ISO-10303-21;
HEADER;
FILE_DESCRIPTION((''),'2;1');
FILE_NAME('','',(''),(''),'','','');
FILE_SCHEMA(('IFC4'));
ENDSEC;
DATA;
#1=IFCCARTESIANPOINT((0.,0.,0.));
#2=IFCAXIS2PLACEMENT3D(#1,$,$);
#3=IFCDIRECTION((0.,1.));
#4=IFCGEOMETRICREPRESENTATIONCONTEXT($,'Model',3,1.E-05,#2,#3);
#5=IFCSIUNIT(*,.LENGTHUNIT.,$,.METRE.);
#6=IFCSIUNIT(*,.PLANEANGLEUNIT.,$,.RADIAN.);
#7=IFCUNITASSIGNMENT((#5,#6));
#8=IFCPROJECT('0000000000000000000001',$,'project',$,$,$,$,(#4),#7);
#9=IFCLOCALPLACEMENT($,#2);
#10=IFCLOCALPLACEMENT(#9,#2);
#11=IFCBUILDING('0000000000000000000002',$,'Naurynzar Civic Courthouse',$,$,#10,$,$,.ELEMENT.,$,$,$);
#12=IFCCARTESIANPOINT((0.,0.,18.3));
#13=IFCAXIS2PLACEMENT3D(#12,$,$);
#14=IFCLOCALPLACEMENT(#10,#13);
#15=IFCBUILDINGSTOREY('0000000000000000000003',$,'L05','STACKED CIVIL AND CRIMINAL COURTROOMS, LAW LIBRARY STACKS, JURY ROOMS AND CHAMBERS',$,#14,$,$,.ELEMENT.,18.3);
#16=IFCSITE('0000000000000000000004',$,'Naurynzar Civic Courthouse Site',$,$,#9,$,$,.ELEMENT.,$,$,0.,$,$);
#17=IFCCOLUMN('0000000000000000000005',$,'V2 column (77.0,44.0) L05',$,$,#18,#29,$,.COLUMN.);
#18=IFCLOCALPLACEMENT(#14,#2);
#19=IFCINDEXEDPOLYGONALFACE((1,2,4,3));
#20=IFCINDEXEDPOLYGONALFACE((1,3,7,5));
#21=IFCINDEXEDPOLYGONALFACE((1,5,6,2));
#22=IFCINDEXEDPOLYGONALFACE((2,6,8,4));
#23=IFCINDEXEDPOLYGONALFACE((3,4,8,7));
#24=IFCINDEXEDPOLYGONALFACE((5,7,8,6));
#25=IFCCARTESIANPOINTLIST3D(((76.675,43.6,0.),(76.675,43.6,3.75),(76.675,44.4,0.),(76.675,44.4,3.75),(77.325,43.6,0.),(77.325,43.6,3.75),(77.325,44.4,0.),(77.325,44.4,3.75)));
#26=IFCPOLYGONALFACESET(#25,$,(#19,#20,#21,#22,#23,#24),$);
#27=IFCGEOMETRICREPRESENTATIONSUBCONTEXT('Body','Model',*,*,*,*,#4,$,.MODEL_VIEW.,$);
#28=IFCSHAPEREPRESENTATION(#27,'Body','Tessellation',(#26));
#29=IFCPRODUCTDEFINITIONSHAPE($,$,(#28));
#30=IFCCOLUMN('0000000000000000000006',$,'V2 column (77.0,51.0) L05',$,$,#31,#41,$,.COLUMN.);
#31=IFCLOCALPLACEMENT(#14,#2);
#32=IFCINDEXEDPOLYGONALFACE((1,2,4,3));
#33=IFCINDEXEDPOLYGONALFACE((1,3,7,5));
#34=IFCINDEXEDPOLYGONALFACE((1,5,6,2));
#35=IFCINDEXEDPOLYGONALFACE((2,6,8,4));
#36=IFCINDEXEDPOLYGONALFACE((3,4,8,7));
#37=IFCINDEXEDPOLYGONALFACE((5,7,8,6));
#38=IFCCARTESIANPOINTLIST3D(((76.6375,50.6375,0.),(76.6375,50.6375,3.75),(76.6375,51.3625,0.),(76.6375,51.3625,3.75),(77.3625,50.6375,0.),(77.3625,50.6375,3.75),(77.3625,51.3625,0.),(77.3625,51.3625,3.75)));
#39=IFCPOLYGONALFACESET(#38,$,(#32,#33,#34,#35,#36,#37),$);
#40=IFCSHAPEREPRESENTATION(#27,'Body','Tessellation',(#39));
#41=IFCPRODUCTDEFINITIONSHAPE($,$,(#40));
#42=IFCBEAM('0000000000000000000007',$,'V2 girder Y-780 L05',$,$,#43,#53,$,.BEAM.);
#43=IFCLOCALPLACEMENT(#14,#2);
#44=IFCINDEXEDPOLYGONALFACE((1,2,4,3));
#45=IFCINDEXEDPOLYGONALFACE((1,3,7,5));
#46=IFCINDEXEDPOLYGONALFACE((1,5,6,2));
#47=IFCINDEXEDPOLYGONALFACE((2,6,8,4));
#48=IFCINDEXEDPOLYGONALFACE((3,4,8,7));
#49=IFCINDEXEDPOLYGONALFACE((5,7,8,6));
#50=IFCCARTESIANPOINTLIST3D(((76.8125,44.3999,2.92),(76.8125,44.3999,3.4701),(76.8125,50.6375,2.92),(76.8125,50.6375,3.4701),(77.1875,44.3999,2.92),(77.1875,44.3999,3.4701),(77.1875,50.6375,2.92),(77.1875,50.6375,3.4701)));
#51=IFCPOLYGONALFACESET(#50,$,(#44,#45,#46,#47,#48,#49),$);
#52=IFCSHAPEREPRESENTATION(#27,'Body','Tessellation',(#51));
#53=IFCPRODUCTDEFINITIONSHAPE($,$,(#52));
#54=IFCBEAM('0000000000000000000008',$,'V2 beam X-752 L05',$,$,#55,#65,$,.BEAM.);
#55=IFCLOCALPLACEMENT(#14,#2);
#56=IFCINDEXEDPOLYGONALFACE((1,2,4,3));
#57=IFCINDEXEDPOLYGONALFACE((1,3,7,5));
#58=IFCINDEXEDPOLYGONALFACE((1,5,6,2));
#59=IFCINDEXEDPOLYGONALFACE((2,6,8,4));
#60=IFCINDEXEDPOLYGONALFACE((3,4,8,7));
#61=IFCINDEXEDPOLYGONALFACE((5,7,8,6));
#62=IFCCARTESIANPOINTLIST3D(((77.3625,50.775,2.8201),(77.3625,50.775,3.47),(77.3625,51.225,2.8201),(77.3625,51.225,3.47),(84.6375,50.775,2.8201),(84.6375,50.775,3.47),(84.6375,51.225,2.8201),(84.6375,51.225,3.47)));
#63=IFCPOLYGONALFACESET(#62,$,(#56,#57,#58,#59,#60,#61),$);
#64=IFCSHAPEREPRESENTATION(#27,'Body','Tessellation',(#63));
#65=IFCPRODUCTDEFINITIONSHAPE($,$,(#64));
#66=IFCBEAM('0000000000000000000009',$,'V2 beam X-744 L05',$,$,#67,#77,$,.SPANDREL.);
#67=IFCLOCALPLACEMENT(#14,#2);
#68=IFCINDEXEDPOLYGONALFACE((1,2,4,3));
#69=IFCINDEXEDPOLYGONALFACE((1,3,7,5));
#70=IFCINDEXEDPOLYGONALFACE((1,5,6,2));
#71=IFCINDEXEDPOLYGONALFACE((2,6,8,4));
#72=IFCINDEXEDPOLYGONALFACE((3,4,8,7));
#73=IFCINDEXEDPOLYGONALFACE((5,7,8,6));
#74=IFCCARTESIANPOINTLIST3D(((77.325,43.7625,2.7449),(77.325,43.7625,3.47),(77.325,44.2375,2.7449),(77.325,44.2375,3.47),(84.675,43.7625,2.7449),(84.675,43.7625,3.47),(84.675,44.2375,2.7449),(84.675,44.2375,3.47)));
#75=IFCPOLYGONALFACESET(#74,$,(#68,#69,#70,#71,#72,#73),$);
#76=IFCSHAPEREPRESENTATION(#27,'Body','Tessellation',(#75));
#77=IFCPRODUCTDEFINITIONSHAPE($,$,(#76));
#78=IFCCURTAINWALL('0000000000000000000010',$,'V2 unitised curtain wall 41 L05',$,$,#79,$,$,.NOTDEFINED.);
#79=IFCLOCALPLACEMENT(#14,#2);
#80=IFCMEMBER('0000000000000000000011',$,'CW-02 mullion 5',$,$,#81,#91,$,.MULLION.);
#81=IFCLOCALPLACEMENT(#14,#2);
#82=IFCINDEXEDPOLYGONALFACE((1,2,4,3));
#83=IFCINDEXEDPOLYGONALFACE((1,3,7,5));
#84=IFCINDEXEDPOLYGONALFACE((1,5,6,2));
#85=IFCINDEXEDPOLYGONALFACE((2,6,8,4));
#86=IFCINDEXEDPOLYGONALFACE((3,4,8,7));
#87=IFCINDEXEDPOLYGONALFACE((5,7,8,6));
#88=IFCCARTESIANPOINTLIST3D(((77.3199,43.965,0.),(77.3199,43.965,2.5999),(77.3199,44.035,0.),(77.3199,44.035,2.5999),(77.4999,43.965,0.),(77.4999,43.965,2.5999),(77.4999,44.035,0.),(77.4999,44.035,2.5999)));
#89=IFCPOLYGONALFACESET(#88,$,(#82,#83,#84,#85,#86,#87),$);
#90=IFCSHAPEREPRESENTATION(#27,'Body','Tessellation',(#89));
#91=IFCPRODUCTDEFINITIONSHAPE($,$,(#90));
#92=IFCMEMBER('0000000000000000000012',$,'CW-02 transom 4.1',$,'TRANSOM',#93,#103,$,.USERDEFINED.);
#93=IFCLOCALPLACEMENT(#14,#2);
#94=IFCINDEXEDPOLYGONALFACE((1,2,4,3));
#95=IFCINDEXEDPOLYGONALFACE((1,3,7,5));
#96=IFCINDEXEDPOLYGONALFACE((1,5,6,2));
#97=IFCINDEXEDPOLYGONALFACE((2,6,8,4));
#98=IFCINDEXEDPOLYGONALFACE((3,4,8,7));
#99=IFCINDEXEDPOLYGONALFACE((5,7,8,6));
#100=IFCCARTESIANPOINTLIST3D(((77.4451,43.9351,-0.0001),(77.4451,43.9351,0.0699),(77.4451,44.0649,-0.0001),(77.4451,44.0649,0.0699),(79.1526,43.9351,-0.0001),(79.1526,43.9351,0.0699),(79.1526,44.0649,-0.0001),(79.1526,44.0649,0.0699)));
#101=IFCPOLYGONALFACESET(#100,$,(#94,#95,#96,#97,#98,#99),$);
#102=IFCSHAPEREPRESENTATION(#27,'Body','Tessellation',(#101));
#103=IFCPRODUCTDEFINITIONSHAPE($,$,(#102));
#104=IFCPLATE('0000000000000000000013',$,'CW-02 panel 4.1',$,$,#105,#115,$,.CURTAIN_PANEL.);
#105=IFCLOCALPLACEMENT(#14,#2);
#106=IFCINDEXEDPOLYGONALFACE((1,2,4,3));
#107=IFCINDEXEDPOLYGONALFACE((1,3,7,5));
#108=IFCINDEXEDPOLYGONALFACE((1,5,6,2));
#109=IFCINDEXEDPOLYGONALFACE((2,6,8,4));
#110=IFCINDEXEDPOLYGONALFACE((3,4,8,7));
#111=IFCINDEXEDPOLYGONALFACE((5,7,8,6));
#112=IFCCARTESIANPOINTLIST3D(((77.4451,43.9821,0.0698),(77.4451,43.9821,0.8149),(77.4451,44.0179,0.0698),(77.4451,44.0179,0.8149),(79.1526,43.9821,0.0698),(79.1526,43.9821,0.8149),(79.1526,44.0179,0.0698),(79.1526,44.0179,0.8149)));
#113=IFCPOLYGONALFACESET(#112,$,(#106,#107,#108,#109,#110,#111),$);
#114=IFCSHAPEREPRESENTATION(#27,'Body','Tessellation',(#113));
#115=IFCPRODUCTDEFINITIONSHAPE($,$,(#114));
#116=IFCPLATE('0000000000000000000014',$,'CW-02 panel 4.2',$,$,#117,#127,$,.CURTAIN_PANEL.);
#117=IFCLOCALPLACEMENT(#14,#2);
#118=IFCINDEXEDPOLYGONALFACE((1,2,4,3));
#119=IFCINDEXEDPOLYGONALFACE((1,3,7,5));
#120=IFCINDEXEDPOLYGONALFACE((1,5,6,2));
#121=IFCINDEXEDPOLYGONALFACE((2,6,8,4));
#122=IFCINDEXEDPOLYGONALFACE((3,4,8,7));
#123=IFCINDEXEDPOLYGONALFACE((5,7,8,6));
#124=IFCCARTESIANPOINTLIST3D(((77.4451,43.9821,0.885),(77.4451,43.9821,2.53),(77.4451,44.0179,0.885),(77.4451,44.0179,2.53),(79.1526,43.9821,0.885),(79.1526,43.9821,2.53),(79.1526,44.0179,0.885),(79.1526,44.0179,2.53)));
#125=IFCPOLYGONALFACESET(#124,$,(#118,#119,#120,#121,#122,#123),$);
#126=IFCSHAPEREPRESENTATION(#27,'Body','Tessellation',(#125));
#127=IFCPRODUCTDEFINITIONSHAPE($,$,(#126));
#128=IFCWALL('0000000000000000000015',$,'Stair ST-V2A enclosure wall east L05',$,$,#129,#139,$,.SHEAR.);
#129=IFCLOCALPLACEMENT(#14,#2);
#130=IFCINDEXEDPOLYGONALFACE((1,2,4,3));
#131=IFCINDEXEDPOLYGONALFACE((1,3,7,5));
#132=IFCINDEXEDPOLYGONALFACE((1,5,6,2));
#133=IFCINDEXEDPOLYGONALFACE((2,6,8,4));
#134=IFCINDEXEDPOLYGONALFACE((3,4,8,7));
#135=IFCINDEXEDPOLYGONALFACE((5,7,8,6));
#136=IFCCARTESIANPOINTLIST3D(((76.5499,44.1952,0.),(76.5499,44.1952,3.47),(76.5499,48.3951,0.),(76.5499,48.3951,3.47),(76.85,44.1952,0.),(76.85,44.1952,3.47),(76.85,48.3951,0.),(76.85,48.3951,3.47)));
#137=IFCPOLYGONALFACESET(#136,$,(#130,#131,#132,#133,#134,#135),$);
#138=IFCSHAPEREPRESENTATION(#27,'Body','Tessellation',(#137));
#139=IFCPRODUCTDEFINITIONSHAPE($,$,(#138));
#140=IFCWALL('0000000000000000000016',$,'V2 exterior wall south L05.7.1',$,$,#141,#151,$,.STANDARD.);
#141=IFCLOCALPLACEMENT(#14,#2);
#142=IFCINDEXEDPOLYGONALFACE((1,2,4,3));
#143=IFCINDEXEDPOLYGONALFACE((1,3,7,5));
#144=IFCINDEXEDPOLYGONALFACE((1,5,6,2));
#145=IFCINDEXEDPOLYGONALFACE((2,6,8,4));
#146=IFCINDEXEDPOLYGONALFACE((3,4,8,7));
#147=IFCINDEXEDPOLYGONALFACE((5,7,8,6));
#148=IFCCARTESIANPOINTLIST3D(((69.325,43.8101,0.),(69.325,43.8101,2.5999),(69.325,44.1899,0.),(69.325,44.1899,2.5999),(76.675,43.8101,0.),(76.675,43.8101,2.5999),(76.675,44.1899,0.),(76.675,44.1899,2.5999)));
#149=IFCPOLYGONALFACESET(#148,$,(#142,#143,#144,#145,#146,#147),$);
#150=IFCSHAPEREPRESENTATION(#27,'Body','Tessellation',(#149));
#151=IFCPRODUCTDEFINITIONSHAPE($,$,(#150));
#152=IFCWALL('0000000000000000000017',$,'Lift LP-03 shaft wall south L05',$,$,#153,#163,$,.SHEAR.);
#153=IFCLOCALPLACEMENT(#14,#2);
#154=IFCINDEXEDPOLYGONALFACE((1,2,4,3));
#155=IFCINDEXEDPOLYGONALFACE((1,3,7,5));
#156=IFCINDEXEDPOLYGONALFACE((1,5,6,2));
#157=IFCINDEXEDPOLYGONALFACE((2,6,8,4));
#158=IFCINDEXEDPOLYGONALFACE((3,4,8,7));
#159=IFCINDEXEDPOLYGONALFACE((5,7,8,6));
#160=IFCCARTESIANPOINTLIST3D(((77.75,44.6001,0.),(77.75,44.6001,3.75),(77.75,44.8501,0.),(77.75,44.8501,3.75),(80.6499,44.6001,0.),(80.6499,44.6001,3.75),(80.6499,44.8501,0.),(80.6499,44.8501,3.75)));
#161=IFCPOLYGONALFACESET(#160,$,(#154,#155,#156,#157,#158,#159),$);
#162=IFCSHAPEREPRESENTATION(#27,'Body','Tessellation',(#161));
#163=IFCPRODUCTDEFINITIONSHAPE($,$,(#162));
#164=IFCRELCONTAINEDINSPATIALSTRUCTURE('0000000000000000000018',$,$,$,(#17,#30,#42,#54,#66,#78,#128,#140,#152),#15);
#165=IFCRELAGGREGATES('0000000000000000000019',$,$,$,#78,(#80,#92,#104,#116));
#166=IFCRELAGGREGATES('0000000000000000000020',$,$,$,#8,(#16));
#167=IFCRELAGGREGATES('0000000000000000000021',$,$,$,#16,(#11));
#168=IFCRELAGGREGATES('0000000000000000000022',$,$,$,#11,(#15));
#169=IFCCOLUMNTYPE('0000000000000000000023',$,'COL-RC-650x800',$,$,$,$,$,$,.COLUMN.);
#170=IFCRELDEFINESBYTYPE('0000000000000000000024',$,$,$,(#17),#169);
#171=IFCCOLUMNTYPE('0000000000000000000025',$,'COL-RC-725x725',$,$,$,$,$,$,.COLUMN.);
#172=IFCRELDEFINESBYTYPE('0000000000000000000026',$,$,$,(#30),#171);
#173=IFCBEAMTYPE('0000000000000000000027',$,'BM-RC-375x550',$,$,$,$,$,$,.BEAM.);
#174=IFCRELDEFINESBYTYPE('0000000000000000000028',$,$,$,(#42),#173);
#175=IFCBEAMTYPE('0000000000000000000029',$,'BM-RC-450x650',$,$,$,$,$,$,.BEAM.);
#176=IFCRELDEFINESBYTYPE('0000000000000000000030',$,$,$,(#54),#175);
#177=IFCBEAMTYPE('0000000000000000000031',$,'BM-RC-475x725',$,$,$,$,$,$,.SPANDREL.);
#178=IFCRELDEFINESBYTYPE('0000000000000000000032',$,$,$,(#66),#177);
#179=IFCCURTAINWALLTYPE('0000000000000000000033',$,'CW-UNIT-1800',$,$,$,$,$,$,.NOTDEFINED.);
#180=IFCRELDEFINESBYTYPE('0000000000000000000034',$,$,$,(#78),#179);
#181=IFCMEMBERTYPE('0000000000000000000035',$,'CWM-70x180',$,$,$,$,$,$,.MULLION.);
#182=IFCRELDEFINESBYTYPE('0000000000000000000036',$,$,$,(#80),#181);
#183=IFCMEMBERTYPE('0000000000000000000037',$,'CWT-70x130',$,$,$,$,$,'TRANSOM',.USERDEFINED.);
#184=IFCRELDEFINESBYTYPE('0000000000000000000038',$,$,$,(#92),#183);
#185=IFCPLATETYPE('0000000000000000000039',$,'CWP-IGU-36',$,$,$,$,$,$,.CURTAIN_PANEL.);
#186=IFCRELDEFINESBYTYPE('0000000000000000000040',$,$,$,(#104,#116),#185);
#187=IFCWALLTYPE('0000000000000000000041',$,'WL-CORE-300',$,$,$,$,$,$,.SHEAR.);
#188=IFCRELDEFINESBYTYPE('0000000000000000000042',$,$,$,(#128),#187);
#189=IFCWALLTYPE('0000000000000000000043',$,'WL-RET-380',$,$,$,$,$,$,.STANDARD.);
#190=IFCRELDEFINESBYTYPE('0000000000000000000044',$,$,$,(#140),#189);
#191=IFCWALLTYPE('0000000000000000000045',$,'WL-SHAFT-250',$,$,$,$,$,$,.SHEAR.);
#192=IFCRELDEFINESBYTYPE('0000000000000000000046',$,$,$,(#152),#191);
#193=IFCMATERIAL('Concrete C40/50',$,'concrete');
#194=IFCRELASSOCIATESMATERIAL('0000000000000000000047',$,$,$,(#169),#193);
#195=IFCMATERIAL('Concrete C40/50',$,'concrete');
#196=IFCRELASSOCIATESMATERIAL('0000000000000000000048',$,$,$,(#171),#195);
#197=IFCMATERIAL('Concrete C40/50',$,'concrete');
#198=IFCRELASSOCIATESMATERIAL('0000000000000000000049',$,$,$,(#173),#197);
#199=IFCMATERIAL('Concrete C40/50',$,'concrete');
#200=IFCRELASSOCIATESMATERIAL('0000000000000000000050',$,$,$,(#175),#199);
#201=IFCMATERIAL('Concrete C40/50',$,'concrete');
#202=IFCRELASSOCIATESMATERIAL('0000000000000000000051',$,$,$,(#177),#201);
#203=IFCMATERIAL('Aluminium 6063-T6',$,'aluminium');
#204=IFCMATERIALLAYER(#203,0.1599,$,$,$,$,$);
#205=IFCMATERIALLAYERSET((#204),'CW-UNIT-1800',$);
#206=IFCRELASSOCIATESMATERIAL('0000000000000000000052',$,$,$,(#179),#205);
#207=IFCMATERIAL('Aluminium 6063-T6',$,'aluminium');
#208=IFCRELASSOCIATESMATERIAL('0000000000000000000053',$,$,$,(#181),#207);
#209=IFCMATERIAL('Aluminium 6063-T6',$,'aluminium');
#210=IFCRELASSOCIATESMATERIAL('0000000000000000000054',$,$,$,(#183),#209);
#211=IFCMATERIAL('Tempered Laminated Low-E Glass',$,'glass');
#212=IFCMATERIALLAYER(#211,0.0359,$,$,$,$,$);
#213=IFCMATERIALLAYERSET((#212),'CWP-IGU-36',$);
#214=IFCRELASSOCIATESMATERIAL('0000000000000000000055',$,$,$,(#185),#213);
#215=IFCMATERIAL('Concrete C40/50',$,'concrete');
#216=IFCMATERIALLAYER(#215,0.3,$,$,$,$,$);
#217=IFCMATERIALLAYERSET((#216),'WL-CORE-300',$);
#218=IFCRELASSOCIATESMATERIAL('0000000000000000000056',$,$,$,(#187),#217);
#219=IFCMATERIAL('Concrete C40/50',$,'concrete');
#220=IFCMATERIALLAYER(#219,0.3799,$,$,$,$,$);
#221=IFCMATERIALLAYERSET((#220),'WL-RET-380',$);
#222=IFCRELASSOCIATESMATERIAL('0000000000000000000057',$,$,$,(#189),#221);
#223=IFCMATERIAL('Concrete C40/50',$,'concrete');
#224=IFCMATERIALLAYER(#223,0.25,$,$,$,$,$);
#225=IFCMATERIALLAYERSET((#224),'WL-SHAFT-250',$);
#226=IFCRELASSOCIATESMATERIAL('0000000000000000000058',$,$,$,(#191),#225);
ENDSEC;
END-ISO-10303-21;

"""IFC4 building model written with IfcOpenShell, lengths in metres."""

from ifc_helpers import new_model, si_unit, direction, frame, frame_2d, origin, origin_2d, place, context, subcontext, project, spatial, rectangle, extrude, material, layer, layer_set, material_profile, profile_set, type_object, element, aggregate, save


model = new_model("IFC4")

# Units and contexts
model_context = context("Model", 3, precision=1e-05, world=origin(), true_north=direction((0.0, 1.0)))
body_context = subcontext(model_context, "Body", "Model", "MODEL_VIEW")
ifc_project = project(units=[si_unit("LENGTHUNIT", "METRE"), si_unit("PLANEANGLEUNIT", "RADIAN")], contexts=[model_context])

# Site, building, storey
site_placement = place(None, origin())
site = spatial("IfcSite", under=ifc_project, at=site_placement, Name="Naurynzar Civic Courthouse Site", CompositionType="ELEMENT", RefElevation=0.0)
building_placement = place(site_placement, origin())
building = spatial("IfcBuilding", under=site, at=building_placement, Name="Naurynzar Civic Courthouse", CompositionType="ELEMENT")
storey_placement = place(building_placement, frame((0.0, 0.0, 18.3)))
storey = spatial("IfcBuildingStorey", under=building, at=storey_placement, Name="L05", Description="STACKED CIVIL AND CRIMINAL COURTROOMS, LAW LIBRARY STACKS, JURY ROOMS AND CHAMBERS", CompositionType="ELEMENT", Elevation=18.3)

# Columns
ifc_material_1 = material(Name="Concrete C40/50", Category="concrete")
ifc_material_profile_1 = material_profile(ifc_material_1, rectangle(XDim=0.6499, YDim=0.8, at=origin_2d()), Name="RC 650x800")
ifc_profile_set_1 = profile_set([ifc_material_profile_1], Name="Concrete C40/50")
column_type_1 = type_object("IfcColumnType", Name="COL-RC-650x800", PredefinedType="COLUMN", material=ifc_profile_set_1)
column_1_placement = place(storey_placement, frame((77.0, 44.0, 0.0), z_axis=(0.0, 0.0, 1.0), x_axis=(1.0, 0.0, 0.0)))
element("IfcColumn", 1, at=column_1_placement, inside=storey, type_object=column_type_1, Name="V2 column (77.0,44.0) L05", PredefinedType="COLUMN", context=body_context, shape_type="SweptSolid", body=[
    extrude(rectangle(XDim=0.6499, YDim=0.8, at=origin_2d()), origin(), (0.0, 0.0, 1.0), 3.75),
])
ifc_material_2 = material(Name="Concrete C40/50", Category="concrete")
ifc_material_profile_2 = material_profile(ifc_material_2, rectangle(XDim=0.7251, YDim=0.7251, at=origin_2d()), Name="RC 725x725")
ifc_profile_set_2 = profile_set([ifc_material_profile_2], Name="Concrete C40/50")
column_type_2 = type_object("IfcColumnType", Name="COL-RC-725x725", PredefinedType="COLUMN", material=ifc_profile_set_2)
column_2_placement = place(storey_placement, frame((77.0, 51.0, 0.0), z_axis=(0.0, 0.0, 1.0), x_axis=(1.0, 0.0, 0.0)))
element("IfcColumn", 2, at=column_2_placement, inside=storey, type_object=column_type_2, Name="V2 column (77.0,51.0) L05", PredefinedType="COLUMN", context=body_context, shape_type="SweptSolid", body=[
    extrude(rectangle(XDim=0.7251, YDim=0.7251, at=origin_2d()), origin(), (0.0, 0.0, 1.0), 3.75),
])

# Beams
ifc_material_3 = material(Name="Concrete C40/50", Category="concrete")
ifc_material_profile_3 = material_profile(ifc_material_3, rectangle(XDim=0.375, YDim=0.55, at=origin_2d()), Name="RCB 375x550")
ifc_profile_set_3 = profile_set([ifc_material_profile_3], Name="Concrete C40/50")
beam_type_1 = type_object("IfcBeamType", Name="BM-RC-375x550", PredefinedType="BEAM", material=ifc_profile_set_3)
beam_1_placement = place(storey_placement, frame((77.0, 44.3999, 3.1951), z_axis=(0.0, 1.0, 0.0), x_axis=(-1.0, 0.0, 0.0)))
element("IfcBeam", 3, at=beam_1_placement, inside=storey, type_object=beam_type_1, Name="V2 girder Y-780 L05", PredefinedType="BEAM", context=body_context, shape_type="SweptSolid", body=[
    extrude(rectangle(XDim=0.375, YDim=0.55, at=origin_2d()), origin(), (0.0, 0.0, 1.0), 6.2375),
])
ifc_material_4 = material(Name="Concrete C40/50", Category="concrete")
ifc_material_profile_4 = material_profile(ifc_material_4, rectangle(XDim=0.45, YDim=0.6499, at=origin_2d()), Name="RCB 450x650")
ifc_profile_set_4 = profile_set([ifc_material_profile_4], Name="Concrete C40/50")
beam_type_2 = type_object("IfcBeamType", Name="BM-RC-450x650", PredefinedType="BEAM", material=ifc_profile_set_4)
beam_2_placement = place(storey_placement, frame((77.3625, 51.0, 3.145), z_axis=(1.0, 0.0, 0.0), x_axis=(0.0, 1.0, 0.0)))
element("IfcBeam", 4, at=beam_2_placement, inside=storey, type_object=beam_type_2, Name="V2 beam X-752 L05", PredefinedType="BEAM", context=body_context, shape_type="SweptSolid", body=[
    extrude(rectangle(XDim=0.45, YDim=0.6499, at=origin_2d()), origin(), (0.0, 0.0, 1.0), 7.2749),
])
ifc_material_5 = material(Name="Concrete C40/50", Category="concrete")
ifc_material_profile_5 = material_profile(ifc_material_5, rectangle(XDim=0.4751, YDim=0.7251, at=origin_2d()), Name="RCB 475x725")
ifc_profile_set_5 = profile_set([ifc_material_profile_5], Name="Concrete C40/50")
beam_type_3 = type_object("IfcBeamType", Name="BM-RC-475x725", PredefinedType="SPANDREL", material=ifc_profile_set_5)
beam_3_placement = place(storey_placement, frame((77.325, 44.0, 3.1074), z_axis=(1.0, 0.0, 0.0), x_axis=(0.0, 1.0, 0.0)))
element("IfcBeam", 5, at=beam_3_placement, inside=storey, type_object=beam_type_3, Name="V2 beam X-744 L05", PredefinedType="SPANDREL", context=body_context, shape_type="SweptSolid", body=[
    extrude(rectangle(XDim=0.4751, YDim=0.7251, at=origin_2d()), origin(), (0.0, 0.0, 1.0), 7.3501),
])

# Curtain wall, members, plates
ifc_material_6 = material(Name="Aluminium 6063-T6", Category="aluminium")
ifc_layer_1 = layer(ifc_material_6, 0.1599)
ifc_layer_set_1 = layer_set([ifc_layer_1], Name="CW-UNIT-1800")
curtain_wall_type = type_object("IfcCurtainWallType", Name="CW-UNIT-1800", PredefinedType="NOTDEFINED", material=ifc_layer_set_1)
curtain_wall_placement = place(storey_placement, origin())
curtain_wall = element("IfcCurtainWall", 6, at=curtain_wall_placement, inside=storey, type_object=curtain_wall_type, Name="V2 unitised curtain wall 41 L05", PredefinedType="NOTDEFINED")
ifc_material_7 = material(Name="Aluminium 6063-T6", Category="aluminium")
ifc_material_profile_6 = material_profile(ifc_material_7, rectangle(XDim=0.0701, YDim=0.1799, at=origin_2d()), Name="ALU MULLION 70x180")
ifc_profile_set_6 = profile_set([ifc_material_profile_6], Name="Aluminium 6063-T6")
member_type_1 = type_object("IfcMemberType", Name="CWM-70x180", PredefinedType="MULLION", material=ifc_profile_set_6)
member_1_placement = place(storey_placement, frame((77.4099, 44.0, 0.0), z_axis=(0.0, 0.0, 1.0), x_axis=(0.0, -1.0, 0.0)))
member_1 = element("IfcMember", 7, at=member_1_placement, type_object=member_type_1, Name="CW-02 mullion 5", PredefinedType="MULLION", context=body_context, shape_type="SweptSolid", body=[
    extrude(rectangle(XDim=0.0701, YDim=0.1799, at=origin_2d()), origin(), (0.0, 0.0, 1.0), 2.5999),
])
ifc_material_8 = material(Name="Aluminium 6063-T6", Category="aluminium")
ifc_material_profile_7 = material_profile(ifc_material_8, rectangle(XDim=0.1299, YDim=0.0701, at=origin_2d()), Name="ALU TRANSOM 70x130")
ifc_profile_set_7 = profile_set([ifc_material_profile_7], Name="Aluminium 6063-T6")
member_type_2 = type_object("IfcMemberType", Name="CWT-70x130", ElementType="TRANSOM", PredefinedType="USERDEFINED", material=ifc_profile_set_7)
member_2_placement = place(storey_placement, frame((79.1526, 44.0, 0.0349), z_axis=(-1.0, 0.0, 0.0), x_axis=(0.0, -1.0, 0.0)))
member_2 = element("IfcMember", 8, at=member_2_placement, type_object=member_type_2, Name="CW-02 transom 4.1", ObjectType="TRANSOM", PredefinedType="USERDEFINED", context=body_context, shape_type="SweptSolid", body=[
    extrude(rectangle(XDim=0.1299, YDim=0.0701, at=origin_2d()), origin(), (0.0, 0.0, 1.0), 1.7075),
])
ifc_material_9 = material(Name="Tempered Laminated Low-E Glass", Category="glass")
ifc_layer_2 = layer(ifc_material_9, 0.0359)
ifc_layer_set_2 = layer_set([ifc_layer_2], Name="CWP-IGU-36")
plate_type = type_object("IfcPlateType", Name="CWP-IGU-36", PredefinedType="CURTAIN_PANEL", material=ifc_layer_set_2)
plate_1_placement = place(storey_placement, frame((78.2988, 44.0, 0.0698), z_axis=(0.0, 0.0, 1.0), x_axis=(-1.0, 0.0, 0.0)))
plate_1 = element("IfcPlate", 9, at=plate_1_placement, type_object=plate_type, Name="CW-02 panel 4.1", PredefinedType="CURTAIN_PANEL", context=body_context, shape_type="SweptSolid", body=[
    extrude(rectangle(XDim=1.7075, YDim=0.0359, at=origin_2d()), origin(), (0.0, 0.0, 1.0), 0.7451),
])
plate_2_placement = place(storey_placement, frame((78.2988, 44.0, 0.885), z_axis=(0.0, 0.0, 1.0), x_axis=(-1.0, 0.0, 0.0)))
plate_2 = element("IfcPlate", 10, at=plate_2_placement, type_object=plate_type, Name="CW-02 panel 4.2", PredefinedType="CURTAIN_PANEL", context=body_context, shape_type="SweptSolid", body=[
    extrude(rectangle(XDim=1.7075, YDim=0.0359, at=origin_2d()), origin(), (0.0, 0.0, 1.0), 1.645),
])
aggregate(curtain_wall, [member_1, member_2, plate_1, plate_2])

# Shared definitions
ifc_material_10 = material(Name="Concrete C40/50", Category="concrete")
ifc_layer_3 = layer(ifc_material_10, 0.3)
ifc_layer_set_3 = layer_set([ifc_layer_3], Name="WL-CORE-300")
wall_type_1 = type_object("IfcWallType", Name="WL-CORE-300", PredefinedType="SHEAR", material=ifc_layer_set_3)

# Walls
wall_1_placement = place(storey_placement, frame((76.7, 44.1951, 0.0), z_axis=(0.0, 0.0, 1.0), x_axis=(0.0, 1.0, 0.0)))
element("IfcWall", 11, at=wall_1_placement, inside=storey, type_object=wall_type_1, Name="Stair ST-V2A enclosure wall east L05", PredefinedType="SHEAR", context=body_context, shape_type="SweptSolid", body=[
    extrude(rectangle(XDim=4.2, YDim=0.3, at=frame_2d((2.1001, 0.0))), origin(), (0.0, 0.0, 1.0), 3.47),
])
ifc_material_11 = material(Name="Concrete C40/50", Category="concrete")
ifc_layer_4 = layer(ifc_material_11, 0.3799)
ifc_layer_set_4 = layer_set([ifc_layer_4], Name="WL-RET-380")
wall_type_2 = type_object("IfcWallType", Name="WL-RET-380", PredefinedType="STANDARD", material=ifc_layer_set_4)
wall_2_placement = place(storey_placement, frame((76.675, 44.0, 0.0), z_axis=(0.0, 0.0, 1.0), x_axis=(-1.0, 0.0, 0.0)))
element("IfcWall", 12, at=wall_2_placement, inside=storey, type_object=wall_type_2, Name="V2 exterior wall south L05.7.1", PredefinedType="STANDARD", context=body_context, shape_type="SweptSolid", body=[
    extrude(rectangle(XDim=7.3501, YDim=0.3799, at=frame_2d((3.675, 0.0))), origin(), (0.0, 0.0, 1.0), 2.5999),
])
ifc_material_12 = material(Name="Concrete C40/50", Category="concrete")
ifc_layer_5 = layer(ifc_material_12, 0.25)
ifc_layer_set_5 = layer_set([ifc_layer_5], Name="WL-SHAFT-250")
wall_type_3 = type_object("IfcWallType", Name="WL-SHAFT-250", PredefinedType="SHEAR", material=ifc_layer_set_5)
wall_3_placement = place(storey_placement, frame((77.75, 44.7251, 0.0), z_axis=(0.0, 0.0, 1.0), x_axis=(1.0, 0.0, 0.0)))
element("IfcWall", 13, at=wall_3_placement, inside=storey, type_object=wall_type_3, Name="Lift LP-03 shaft wall south L05", PredefinedType="SHEAR", context=body_context, shape_type="SweptSolid", body=[
    extrude(rectangle(XDim=2.8999, YDim=0.25, at=frame_2d((1.45, 0.0))), origin(), (0.0, 0.0, 1.0), 3.75),
])

save(model, "model.ifc")
